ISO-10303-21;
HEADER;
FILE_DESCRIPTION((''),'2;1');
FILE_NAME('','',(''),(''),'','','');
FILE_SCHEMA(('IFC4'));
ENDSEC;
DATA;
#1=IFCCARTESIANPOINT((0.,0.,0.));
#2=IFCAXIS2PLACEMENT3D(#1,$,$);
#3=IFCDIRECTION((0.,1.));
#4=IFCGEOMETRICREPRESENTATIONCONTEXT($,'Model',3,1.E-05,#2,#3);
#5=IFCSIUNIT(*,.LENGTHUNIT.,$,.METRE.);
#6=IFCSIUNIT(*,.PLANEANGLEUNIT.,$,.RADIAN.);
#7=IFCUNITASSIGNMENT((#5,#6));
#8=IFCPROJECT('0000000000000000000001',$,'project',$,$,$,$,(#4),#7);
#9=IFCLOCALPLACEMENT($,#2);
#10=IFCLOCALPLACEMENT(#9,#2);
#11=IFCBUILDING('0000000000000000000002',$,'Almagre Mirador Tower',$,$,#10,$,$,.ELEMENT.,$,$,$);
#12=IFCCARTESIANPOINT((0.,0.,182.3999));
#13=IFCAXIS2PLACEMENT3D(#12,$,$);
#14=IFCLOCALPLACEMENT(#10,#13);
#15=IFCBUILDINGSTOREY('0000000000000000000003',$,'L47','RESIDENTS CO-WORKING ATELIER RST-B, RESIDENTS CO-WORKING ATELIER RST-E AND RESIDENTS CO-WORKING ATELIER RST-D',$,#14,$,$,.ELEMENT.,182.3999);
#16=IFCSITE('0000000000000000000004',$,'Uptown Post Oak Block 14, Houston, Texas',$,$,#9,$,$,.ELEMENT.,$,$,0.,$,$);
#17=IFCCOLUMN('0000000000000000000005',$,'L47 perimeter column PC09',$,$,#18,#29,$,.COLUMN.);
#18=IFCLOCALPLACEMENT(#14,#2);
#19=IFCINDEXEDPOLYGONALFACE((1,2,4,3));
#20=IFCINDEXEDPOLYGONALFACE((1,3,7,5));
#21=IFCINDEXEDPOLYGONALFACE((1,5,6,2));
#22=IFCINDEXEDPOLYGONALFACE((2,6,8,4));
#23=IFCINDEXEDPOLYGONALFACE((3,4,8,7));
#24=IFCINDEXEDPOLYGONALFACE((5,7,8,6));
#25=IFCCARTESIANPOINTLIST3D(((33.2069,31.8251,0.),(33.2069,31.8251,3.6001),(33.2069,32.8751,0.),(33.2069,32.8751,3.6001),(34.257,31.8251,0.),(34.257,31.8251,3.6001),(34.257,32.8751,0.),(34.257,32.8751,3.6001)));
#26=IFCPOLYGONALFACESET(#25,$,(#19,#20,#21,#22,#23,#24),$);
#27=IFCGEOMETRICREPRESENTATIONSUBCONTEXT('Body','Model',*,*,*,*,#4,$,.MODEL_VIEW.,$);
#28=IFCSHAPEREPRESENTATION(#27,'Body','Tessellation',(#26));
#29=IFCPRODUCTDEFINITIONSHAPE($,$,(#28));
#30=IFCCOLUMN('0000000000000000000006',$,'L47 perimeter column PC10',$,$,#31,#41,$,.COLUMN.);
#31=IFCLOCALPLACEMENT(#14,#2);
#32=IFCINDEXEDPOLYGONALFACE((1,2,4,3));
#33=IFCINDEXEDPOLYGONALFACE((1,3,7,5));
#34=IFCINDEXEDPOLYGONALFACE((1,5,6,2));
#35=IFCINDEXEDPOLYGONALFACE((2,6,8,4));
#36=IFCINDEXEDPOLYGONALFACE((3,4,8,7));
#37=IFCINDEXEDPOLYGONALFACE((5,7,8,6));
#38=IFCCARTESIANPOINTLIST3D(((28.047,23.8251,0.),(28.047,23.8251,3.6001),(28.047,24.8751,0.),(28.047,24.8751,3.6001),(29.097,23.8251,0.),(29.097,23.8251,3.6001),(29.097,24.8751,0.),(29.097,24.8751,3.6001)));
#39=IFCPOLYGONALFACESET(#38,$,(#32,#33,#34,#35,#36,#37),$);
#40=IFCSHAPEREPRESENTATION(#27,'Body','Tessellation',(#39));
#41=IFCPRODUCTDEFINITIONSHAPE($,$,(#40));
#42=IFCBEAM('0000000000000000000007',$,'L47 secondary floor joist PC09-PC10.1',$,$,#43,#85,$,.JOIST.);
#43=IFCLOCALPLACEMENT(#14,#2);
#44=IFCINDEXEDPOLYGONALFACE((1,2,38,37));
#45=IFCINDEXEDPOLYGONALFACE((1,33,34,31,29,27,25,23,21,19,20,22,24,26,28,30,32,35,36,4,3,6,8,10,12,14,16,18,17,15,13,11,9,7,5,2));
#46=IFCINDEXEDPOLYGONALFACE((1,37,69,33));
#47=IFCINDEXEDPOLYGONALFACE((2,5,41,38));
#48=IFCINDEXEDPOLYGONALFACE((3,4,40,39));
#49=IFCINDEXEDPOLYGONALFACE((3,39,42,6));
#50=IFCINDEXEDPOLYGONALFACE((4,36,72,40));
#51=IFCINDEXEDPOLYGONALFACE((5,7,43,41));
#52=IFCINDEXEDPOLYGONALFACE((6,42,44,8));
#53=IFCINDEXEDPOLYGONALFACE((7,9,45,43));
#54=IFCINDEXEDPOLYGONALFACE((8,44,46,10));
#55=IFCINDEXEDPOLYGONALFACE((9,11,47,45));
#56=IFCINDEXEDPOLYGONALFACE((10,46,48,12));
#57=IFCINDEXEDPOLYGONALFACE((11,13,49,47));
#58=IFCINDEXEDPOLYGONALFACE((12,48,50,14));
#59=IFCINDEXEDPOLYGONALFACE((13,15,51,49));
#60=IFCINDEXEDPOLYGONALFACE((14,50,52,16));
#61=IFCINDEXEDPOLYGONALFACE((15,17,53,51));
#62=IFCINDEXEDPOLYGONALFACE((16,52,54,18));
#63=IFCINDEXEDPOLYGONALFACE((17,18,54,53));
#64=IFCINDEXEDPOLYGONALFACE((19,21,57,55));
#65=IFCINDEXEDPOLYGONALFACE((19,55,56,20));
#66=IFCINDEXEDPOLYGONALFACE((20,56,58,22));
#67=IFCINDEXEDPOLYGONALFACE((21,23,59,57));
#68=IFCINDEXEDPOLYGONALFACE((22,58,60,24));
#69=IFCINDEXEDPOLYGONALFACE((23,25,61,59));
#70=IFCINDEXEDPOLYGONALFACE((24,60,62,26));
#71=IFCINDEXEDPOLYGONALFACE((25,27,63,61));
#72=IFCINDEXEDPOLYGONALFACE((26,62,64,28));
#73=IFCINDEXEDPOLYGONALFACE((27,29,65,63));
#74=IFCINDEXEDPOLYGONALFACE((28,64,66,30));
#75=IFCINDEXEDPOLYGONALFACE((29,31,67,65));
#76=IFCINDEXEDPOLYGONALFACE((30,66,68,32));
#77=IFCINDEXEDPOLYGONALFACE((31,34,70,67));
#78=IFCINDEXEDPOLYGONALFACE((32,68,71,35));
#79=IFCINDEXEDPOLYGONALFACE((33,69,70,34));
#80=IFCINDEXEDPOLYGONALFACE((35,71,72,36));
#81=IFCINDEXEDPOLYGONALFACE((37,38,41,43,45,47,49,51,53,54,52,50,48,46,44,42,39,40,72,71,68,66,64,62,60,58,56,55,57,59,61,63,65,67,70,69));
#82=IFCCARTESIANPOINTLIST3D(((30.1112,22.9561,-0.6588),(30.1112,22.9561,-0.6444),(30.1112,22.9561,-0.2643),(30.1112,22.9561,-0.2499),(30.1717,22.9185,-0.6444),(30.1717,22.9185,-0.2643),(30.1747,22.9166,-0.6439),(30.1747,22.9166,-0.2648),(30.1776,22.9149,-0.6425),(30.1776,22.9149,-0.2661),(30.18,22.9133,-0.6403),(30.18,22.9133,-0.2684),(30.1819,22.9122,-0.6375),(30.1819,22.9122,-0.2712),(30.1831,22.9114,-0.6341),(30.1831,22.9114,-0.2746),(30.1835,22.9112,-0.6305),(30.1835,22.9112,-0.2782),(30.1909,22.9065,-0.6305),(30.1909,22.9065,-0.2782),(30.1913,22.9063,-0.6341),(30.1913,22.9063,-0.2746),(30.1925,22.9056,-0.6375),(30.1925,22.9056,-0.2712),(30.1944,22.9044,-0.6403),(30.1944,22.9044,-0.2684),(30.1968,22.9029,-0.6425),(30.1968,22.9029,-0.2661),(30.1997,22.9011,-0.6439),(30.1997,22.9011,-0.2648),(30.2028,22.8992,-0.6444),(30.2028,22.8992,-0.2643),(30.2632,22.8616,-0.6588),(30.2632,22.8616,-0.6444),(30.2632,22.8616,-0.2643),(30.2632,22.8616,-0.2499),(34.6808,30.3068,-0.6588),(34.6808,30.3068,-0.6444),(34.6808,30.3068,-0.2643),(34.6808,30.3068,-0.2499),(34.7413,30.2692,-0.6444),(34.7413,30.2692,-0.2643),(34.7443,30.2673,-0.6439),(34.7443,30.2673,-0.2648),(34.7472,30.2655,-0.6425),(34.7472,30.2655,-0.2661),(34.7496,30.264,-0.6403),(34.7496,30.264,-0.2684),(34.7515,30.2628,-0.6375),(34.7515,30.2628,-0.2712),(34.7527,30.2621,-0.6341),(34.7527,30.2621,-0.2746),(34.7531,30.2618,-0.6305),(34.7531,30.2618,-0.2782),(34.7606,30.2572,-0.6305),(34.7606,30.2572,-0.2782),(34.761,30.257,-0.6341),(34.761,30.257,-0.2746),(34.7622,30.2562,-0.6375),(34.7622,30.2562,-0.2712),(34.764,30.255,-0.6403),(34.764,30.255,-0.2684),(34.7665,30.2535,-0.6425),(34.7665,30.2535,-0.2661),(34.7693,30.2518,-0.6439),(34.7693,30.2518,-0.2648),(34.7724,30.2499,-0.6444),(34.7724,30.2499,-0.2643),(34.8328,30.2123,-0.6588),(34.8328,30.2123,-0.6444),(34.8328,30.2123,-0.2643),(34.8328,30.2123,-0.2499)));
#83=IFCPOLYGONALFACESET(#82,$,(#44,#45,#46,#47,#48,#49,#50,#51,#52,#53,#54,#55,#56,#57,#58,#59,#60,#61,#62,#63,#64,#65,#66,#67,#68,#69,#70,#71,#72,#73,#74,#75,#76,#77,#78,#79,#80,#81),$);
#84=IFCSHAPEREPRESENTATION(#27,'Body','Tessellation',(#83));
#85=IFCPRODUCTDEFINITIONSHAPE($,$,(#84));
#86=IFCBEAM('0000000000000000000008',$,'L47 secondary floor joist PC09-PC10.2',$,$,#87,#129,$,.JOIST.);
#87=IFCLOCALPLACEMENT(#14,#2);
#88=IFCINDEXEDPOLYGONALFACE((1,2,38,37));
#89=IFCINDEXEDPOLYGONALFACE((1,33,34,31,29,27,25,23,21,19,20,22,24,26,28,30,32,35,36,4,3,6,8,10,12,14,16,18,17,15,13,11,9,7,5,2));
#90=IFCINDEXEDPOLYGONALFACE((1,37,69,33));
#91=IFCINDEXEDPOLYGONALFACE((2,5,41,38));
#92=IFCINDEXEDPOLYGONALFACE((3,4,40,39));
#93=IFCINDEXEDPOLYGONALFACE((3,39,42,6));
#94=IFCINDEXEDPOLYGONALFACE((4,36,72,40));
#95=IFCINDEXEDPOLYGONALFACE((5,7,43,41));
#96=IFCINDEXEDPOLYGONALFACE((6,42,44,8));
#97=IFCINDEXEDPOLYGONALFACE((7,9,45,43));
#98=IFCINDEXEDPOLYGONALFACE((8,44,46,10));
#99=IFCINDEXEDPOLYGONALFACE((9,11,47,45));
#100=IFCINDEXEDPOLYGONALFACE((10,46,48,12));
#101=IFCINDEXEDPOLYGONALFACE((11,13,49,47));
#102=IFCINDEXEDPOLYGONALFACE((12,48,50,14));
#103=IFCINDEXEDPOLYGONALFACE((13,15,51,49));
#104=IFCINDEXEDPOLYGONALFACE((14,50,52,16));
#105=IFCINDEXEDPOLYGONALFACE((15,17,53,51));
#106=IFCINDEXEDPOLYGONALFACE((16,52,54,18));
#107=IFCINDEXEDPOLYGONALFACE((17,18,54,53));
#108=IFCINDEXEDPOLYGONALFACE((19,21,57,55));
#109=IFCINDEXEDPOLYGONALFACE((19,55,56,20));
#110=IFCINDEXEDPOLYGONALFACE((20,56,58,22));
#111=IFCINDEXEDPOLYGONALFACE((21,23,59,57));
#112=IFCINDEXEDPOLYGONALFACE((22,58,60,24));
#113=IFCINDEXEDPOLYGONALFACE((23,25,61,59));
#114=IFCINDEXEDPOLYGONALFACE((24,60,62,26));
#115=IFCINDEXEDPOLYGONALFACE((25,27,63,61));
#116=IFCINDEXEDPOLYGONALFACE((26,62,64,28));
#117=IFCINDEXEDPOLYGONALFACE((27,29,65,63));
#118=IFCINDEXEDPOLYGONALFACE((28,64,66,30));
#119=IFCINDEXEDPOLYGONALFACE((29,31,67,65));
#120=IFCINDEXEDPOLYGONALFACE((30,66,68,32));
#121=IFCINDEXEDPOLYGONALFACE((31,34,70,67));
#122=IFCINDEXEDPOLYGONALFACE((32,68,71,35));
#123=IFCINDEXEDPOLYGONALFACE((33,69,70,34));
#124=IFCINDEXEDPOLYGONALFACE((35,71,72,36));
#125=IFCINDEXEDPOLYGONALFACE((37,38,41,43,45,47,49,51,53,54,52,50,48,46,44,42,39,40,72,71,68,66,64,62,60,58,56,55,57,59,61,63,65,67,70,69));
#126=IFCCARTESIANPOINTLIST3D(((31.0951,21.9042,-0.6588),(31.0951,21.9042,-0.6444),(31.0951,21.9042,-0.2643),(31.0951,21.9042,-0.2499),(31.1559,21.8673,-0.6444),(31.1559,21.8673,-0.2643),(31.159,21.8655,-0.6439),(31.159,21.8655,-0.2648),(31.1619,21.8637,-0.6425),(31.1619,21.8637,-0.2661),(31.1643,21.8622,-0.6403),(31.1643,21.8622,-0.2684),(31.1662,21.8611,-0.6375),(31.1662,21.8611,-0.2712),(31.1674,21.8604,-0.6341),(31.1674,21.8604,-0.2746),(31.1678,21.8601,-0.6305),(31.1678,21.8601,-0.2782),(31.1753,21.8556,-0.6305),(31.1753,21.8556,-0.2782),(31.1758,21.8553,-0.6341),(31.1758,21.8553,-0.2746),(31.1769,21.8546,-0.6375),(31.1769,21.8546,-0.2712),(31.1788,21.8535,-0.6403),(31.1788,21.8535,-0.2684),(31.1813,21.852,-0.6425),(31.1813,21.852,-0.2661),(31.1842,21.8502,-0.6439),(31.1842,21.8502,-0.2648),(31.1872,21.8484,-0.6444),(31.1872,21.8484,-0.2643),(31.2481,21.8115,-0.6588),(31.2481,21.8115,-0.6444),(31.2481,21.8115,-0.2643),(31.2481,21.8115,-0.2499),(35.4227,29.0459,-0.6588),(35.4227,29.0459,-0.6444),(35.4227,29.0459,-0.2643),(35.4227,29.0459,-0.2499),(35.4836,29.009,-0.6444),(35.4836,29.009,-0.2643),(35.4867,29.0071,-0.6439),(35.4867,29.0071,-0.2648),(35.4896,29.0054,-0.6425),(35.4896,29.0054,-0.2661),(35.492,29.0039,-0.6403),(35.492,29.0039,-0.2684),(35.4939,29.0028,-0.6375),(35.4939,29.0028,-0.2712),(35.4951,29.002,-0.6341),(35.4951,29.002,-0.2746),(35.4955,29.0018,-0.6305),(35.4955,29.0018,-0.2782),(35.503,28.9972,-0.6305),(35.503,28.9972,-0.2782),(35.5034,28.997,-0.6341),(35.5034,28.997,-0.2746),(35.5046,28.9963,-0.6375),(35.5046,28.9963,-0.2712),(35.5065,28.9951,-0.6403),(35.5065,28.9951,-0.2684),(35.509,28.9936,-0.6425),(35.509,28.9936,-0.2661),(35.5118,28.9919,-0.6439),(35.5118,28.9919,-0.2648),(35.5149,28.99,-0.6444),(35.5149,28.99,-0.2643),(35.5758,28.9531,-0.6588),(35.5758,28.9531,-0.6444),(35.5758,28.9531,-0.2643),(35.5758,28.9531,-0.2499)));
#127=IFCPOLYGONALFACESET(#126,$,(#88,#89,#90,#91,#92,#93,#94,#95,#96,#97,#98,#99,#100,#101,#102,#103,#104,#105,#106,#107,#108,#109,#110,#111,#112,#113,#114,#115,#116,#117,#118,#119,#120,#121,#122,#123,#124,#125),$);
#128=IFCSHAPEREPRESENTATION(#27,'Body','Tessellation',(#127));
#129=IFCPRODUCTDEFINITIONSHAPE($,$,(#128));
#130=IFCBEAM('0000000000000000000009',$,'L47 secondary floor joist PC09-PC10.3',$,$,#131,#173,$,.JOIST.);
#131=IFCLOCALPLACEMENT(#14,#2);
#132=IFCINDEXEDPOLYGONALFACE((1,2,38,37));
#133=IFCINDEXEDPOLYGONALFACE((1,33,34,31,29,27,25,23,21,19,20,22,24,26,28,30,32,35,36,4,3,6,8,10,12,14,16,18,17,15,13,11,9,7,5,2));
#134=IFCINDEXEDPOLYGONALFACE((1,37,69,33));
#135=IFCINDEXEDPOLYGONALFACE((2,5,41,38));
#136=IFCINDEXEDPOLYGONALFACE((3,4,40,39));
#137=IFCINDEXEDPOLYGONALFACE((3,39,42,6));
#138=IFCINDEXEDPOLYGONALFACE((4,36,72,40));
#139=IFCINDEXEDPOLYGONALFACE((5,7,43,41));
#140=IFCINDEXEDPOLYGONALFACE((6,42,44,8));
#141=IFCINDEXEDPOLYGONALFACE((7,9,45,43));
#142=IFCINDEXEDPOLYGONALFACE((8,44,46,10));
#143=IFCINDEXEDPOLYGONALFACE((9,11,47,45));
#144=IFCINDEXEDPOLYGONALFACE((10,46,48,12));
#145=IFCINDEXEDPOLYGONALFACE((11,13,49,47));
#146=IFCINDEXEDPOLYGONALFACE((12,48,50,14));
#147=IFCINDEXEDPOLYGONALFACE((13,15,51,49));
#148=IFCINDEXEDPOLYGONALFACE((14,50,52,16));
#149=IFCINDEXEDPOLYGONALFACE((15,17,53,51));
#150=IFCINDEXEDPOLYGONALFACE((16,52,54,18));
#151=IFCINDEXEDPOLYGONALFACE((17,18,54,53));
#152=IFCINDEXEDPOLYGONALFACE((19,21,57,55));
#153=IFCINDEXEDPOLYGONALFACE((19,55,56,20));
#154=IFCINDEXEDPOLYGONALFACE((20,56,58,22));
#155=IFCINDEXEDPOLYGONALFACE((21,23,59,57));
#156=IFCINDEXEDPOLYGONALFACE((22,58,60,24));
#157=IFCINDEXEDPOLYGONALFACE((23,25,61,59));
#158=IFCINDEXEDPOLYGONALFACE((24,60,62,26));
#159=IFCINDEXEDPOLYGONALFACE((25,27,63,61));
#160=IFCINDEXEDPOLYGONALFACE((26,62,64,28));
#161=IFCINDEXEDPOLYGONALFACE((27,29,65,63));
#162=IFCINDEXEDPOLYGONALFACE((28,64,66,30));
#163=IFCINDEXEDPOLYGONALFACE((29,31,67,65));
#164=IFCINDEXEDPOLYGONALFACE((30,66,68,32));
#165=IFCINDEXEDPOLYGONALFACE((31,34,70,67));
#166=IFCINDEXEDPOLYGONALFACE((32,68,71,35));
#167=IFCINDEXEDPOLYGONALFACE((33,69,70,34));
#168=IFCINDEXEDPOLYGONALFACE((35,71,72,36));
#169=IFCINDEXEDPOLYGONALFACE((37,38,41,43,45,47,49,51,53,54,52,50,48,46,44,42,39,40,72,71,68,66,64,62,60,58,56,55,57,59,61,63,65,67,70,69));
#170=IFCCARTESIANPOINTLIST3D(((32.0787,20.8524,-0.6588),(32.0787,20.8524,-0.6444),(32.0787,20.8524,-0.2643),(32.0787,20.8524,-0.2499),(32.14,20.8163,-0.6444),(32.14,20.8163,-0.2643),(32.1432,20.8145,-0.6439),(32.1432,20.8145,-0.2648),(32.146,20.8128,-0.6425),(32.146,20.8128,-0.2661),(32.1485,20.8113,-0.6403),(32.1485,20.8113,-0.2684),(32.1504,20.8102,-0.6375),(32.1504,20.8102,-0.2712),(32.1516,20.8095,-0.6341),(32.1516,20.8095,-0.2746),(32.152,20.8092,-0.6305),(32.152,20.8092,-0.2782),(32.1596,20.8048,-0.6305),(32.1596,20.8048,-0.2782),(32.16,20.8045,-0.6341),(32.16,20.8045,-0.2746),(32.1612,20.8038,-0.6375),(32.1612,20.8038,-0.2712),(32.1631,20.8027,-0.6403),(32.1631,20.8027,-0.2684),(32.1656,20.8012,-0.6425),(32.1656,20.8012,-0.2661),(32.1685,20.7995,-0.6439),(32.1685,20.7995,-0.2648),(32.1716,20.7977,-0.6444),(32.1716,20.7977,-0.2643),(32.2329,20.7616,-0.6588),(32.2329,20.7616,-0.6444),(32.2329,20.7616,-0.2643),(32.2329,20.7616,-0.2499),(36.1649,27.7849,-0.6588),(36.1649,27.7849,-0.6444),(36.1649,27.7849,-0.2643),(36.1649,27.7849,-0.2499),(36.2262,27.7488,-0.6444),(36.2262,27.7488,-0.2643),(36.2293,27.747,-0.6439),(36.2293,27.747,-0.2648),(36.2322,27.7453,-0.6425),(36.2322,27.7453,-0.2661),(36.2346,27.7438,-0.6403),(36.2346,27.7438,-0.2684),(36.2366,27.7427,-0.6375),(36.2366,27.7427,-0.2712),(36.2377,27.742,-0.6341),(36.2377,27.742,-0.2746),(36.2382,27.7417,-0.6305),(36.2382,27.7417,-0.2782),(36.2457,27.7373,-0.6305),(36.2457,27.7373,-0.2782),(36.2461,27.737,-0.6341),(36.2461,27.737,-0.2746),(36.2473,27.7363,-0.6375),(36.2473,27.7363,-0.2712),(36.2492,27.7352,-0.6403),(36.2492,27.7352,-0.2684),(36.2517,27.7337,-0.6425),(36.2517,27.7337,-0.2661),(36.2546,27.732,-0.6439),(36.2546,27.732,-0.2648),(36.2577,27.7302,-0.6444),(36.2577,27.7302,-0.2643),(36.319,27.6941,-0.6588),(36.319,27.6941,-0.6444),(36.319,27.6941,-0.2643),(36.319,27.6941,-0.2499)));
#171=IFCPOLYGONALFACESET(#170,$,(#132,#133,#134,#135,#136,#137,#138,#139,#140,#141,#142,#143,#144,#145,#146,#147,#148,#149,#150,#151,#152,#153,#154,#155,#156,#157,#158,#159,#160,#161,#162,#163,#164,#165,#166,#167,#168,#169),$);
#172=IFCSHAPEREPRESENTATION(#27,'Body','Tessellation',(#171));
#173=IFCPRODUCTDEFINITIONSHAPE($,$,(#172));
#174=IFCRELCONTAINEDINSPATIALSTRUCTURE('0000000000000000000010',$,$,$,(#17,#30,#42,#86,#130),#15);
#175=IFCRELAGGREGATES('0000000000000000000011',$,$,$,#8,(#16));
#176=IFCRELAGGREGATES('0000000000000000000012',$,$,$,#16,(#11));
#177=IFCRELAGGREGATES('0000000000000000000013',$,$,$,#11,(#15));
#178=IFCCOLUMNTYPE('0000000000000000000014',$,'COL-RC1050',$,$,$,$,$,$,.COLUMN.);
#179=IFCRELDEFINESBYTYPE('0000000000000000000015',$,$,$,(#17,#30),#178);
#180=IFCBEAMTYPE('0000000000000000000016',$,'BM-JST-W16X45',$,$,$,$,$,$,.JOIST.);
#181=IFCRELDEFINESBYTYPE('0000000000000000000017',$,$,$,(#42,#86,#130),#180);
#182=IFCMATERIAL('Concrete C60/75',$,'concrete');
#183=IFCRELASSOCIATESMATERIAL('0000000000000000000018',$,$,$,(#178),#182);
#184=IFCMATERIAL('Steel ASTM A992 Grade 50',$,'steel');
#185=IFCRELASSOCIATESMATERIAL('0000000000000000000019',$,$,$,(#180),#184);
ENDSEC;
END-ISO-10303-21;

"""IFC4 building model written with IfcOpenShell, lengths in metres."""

from ifc_helpers import new_model, si_unit, direction, frame, origin, origin_2d, place, context, subcontext, project, spatial, rectangle, i_section, extrude, material, material_profile, profile_set, type_object, element, save


model = new_model("IFC4")

# Units and contexts
model_context = context("Model", 3, precision=1e-05, world=origin(), true_north=direction((0.0, 1.0)))
body_context = subcontext(model_context, "Body", "Model", "MODEL_VIEW")
ifc_project = project(units=[si_unit("LENGTHUNIT", "METRE"), si_unit("PLANEANGLEUNIT", "RADIAN")], contexts=[model_context])

# Site, building, storey
site_placement = place(None, origin())
site = spatial("IfcSite", under=ifc_project, at=site_placement, Name="Uptown Post Oak Block 14, Houston, Texas", CompositionType="ELEMENT", RefElevation=0.0)
building_placement = place(site_placement, origin())
building = spatial("IfcBuilding", under=site, at=building_placement, Name="Almagre Mirador Tower", CompositionType="ELEMENT")
storey_placement = place(building_placement, frame((0.0, 0.0, 182.3999)))
storey = spatial("IfcBuildingStorey", under=building, at=storey_placement, Name="L47", Description="RESIDENTS CO-WORKING ATELIER RST-B, RESIDENTS CO-WORKING ATELIER RST-E AND RESIDENTS CO-WORKING ATELIER RST-D", CompositionType="ELEMENT", Elevation=182.3999)

# Columns
ifc_material_1 = material(Name="Concrete C60/75", Category="concrete")
ifc_material_profile_1 = material_profile(ifc_material_1, rectangle(XDim=1.05, YDim=1.05, at=origin_2d()), Name="RC1050X1050")
ifc_profile_set_1 = profile_set([ifc_material_profile_1], Name="Concrete C60/75")
column_type = type_object("IfcColumnType", Name="COL-RC1050", PredefinedType="COLUMN", material=ifc_profile_set_1)
for number, where, z_axis, x_axis, name in (
    (1, (33.7319, 32.3501, 0.0), (0.0, 0.0, 1.0), (1.0, 0.0, 0.0), "L47 perimeter column PC09"),
    (2, (28.572, 24.3501, 0.0), (0.0, 0.0, 1.0), (1.0, 0.0, 0.0), "L47 perimeter column PC10"),
):
    element("IfcColumn", number, at=place(storey_placement, frame(where, z_axis=z_axis, x_axis=x_axis)), inside=storey, type_object=column_type, Name=name, PredefinedType="COLUMN", context=body_context, shape_type="SweptSolid", body=[
        extrude(rectangle(XDim=1.05, YDim=1.05, at=origin_2d()), origin(), (0.0, 0.0, 1.0), 3.6001),
    ])

# Beams
ifc_material_2 = material(Name="Steel ASTM A992 Grade 50", Category="steel")
ifc_material_profile_2 = material_profile(ifc_material_2, i_section(OverallWidth=0.179, OverallDepth=0.4089, WebThickness=0.0088, FlangeThickness=0.0144, FilletRadius=0.0139, at=origin_2d()), Name="W16X45")
ifc_profile_set_2 = profile_set([ifc_material_profile_2], Name="Steel ASTM A992 Grade 50")
beam_type_1 = type_object("IfcBeamType", Name="BM-JST-W16X45", PredefinedType="JOIST", material=ifc_profile_set_2)
beam_1_placement = place(storey_placement, frame((34.7568, 30.2595, -0.4543), z_axis=(-0.527959, -0.84927, 0.0), x_axis=(0.84927, -0.527959, 0.0)))
element("IfcBeam", 3, at=beam_1_placement, inside=storey, type_object=beam_type_1, Name="L47 secondary floor joist PC09-PC10.1", PredefinedType="JOIST", context=body_context, shape_type="SweptSolid", body=[
    extrude(i_section(OverallWidth=0.179, OverallDepth=0.4089, WebThickness=0.0088, FlangeThickness=0.0144, FilletRadius=0.0139, at=origin_2d()), origin(), (0.0, 0.0, 1.0), 8.6553),
])
beam_2_placement = place(storey_placement, frame((35.4993, 28.9995, -0.4543), z_axis=(-0.518249, -0.85523, 0.0), x_axis=(0.85523, -0.518249, 0.0)))
element("IfcBeam", 4, at=beam_2_placement, inside=storey, type_object=beam_type_1, Name="L47 secondary floor joist PC09-PC10.2", PredefinedType="JOIST", context=body_context, shape_type="SweptSolid", body=[
    extrude(i_section(OverallWidth=0.179, OverallDepth=0.4089, WebThickness=0.0088, FlangeThickness=0.0144, FilletRadius=0.0139, at=origin_2d()), origin(), (0.0, 0.0, 1.0), 8.3506),
])
beam_3_placement = place(storey_placement, frame((36.2419, 27.7395, -0.4543), z_axis=(-0.507774, -0.86149, 0.0), x_axis=(0.86149, -0.507774, 0.0)))
element("IfcBeam", 5, at=beam_3_placement, inside=storey, type_object=beam_type_1, Name="L47 secondary floor joist PC09-PC10.3", PredefinedType="JOIST", context=body_context, shape_type="SweptSolid", body=[
    extrude(i_section(OverallWidth=0.179, OverallDepth=0.4089, WebThickness=0.0088, FlangeThickness=0.0144, FilletRadius=0.0139, at=origin_2d()), origin(), (0.0, 0.0, 1.0), 8.0471),
])

save(model, "model.ifc")
